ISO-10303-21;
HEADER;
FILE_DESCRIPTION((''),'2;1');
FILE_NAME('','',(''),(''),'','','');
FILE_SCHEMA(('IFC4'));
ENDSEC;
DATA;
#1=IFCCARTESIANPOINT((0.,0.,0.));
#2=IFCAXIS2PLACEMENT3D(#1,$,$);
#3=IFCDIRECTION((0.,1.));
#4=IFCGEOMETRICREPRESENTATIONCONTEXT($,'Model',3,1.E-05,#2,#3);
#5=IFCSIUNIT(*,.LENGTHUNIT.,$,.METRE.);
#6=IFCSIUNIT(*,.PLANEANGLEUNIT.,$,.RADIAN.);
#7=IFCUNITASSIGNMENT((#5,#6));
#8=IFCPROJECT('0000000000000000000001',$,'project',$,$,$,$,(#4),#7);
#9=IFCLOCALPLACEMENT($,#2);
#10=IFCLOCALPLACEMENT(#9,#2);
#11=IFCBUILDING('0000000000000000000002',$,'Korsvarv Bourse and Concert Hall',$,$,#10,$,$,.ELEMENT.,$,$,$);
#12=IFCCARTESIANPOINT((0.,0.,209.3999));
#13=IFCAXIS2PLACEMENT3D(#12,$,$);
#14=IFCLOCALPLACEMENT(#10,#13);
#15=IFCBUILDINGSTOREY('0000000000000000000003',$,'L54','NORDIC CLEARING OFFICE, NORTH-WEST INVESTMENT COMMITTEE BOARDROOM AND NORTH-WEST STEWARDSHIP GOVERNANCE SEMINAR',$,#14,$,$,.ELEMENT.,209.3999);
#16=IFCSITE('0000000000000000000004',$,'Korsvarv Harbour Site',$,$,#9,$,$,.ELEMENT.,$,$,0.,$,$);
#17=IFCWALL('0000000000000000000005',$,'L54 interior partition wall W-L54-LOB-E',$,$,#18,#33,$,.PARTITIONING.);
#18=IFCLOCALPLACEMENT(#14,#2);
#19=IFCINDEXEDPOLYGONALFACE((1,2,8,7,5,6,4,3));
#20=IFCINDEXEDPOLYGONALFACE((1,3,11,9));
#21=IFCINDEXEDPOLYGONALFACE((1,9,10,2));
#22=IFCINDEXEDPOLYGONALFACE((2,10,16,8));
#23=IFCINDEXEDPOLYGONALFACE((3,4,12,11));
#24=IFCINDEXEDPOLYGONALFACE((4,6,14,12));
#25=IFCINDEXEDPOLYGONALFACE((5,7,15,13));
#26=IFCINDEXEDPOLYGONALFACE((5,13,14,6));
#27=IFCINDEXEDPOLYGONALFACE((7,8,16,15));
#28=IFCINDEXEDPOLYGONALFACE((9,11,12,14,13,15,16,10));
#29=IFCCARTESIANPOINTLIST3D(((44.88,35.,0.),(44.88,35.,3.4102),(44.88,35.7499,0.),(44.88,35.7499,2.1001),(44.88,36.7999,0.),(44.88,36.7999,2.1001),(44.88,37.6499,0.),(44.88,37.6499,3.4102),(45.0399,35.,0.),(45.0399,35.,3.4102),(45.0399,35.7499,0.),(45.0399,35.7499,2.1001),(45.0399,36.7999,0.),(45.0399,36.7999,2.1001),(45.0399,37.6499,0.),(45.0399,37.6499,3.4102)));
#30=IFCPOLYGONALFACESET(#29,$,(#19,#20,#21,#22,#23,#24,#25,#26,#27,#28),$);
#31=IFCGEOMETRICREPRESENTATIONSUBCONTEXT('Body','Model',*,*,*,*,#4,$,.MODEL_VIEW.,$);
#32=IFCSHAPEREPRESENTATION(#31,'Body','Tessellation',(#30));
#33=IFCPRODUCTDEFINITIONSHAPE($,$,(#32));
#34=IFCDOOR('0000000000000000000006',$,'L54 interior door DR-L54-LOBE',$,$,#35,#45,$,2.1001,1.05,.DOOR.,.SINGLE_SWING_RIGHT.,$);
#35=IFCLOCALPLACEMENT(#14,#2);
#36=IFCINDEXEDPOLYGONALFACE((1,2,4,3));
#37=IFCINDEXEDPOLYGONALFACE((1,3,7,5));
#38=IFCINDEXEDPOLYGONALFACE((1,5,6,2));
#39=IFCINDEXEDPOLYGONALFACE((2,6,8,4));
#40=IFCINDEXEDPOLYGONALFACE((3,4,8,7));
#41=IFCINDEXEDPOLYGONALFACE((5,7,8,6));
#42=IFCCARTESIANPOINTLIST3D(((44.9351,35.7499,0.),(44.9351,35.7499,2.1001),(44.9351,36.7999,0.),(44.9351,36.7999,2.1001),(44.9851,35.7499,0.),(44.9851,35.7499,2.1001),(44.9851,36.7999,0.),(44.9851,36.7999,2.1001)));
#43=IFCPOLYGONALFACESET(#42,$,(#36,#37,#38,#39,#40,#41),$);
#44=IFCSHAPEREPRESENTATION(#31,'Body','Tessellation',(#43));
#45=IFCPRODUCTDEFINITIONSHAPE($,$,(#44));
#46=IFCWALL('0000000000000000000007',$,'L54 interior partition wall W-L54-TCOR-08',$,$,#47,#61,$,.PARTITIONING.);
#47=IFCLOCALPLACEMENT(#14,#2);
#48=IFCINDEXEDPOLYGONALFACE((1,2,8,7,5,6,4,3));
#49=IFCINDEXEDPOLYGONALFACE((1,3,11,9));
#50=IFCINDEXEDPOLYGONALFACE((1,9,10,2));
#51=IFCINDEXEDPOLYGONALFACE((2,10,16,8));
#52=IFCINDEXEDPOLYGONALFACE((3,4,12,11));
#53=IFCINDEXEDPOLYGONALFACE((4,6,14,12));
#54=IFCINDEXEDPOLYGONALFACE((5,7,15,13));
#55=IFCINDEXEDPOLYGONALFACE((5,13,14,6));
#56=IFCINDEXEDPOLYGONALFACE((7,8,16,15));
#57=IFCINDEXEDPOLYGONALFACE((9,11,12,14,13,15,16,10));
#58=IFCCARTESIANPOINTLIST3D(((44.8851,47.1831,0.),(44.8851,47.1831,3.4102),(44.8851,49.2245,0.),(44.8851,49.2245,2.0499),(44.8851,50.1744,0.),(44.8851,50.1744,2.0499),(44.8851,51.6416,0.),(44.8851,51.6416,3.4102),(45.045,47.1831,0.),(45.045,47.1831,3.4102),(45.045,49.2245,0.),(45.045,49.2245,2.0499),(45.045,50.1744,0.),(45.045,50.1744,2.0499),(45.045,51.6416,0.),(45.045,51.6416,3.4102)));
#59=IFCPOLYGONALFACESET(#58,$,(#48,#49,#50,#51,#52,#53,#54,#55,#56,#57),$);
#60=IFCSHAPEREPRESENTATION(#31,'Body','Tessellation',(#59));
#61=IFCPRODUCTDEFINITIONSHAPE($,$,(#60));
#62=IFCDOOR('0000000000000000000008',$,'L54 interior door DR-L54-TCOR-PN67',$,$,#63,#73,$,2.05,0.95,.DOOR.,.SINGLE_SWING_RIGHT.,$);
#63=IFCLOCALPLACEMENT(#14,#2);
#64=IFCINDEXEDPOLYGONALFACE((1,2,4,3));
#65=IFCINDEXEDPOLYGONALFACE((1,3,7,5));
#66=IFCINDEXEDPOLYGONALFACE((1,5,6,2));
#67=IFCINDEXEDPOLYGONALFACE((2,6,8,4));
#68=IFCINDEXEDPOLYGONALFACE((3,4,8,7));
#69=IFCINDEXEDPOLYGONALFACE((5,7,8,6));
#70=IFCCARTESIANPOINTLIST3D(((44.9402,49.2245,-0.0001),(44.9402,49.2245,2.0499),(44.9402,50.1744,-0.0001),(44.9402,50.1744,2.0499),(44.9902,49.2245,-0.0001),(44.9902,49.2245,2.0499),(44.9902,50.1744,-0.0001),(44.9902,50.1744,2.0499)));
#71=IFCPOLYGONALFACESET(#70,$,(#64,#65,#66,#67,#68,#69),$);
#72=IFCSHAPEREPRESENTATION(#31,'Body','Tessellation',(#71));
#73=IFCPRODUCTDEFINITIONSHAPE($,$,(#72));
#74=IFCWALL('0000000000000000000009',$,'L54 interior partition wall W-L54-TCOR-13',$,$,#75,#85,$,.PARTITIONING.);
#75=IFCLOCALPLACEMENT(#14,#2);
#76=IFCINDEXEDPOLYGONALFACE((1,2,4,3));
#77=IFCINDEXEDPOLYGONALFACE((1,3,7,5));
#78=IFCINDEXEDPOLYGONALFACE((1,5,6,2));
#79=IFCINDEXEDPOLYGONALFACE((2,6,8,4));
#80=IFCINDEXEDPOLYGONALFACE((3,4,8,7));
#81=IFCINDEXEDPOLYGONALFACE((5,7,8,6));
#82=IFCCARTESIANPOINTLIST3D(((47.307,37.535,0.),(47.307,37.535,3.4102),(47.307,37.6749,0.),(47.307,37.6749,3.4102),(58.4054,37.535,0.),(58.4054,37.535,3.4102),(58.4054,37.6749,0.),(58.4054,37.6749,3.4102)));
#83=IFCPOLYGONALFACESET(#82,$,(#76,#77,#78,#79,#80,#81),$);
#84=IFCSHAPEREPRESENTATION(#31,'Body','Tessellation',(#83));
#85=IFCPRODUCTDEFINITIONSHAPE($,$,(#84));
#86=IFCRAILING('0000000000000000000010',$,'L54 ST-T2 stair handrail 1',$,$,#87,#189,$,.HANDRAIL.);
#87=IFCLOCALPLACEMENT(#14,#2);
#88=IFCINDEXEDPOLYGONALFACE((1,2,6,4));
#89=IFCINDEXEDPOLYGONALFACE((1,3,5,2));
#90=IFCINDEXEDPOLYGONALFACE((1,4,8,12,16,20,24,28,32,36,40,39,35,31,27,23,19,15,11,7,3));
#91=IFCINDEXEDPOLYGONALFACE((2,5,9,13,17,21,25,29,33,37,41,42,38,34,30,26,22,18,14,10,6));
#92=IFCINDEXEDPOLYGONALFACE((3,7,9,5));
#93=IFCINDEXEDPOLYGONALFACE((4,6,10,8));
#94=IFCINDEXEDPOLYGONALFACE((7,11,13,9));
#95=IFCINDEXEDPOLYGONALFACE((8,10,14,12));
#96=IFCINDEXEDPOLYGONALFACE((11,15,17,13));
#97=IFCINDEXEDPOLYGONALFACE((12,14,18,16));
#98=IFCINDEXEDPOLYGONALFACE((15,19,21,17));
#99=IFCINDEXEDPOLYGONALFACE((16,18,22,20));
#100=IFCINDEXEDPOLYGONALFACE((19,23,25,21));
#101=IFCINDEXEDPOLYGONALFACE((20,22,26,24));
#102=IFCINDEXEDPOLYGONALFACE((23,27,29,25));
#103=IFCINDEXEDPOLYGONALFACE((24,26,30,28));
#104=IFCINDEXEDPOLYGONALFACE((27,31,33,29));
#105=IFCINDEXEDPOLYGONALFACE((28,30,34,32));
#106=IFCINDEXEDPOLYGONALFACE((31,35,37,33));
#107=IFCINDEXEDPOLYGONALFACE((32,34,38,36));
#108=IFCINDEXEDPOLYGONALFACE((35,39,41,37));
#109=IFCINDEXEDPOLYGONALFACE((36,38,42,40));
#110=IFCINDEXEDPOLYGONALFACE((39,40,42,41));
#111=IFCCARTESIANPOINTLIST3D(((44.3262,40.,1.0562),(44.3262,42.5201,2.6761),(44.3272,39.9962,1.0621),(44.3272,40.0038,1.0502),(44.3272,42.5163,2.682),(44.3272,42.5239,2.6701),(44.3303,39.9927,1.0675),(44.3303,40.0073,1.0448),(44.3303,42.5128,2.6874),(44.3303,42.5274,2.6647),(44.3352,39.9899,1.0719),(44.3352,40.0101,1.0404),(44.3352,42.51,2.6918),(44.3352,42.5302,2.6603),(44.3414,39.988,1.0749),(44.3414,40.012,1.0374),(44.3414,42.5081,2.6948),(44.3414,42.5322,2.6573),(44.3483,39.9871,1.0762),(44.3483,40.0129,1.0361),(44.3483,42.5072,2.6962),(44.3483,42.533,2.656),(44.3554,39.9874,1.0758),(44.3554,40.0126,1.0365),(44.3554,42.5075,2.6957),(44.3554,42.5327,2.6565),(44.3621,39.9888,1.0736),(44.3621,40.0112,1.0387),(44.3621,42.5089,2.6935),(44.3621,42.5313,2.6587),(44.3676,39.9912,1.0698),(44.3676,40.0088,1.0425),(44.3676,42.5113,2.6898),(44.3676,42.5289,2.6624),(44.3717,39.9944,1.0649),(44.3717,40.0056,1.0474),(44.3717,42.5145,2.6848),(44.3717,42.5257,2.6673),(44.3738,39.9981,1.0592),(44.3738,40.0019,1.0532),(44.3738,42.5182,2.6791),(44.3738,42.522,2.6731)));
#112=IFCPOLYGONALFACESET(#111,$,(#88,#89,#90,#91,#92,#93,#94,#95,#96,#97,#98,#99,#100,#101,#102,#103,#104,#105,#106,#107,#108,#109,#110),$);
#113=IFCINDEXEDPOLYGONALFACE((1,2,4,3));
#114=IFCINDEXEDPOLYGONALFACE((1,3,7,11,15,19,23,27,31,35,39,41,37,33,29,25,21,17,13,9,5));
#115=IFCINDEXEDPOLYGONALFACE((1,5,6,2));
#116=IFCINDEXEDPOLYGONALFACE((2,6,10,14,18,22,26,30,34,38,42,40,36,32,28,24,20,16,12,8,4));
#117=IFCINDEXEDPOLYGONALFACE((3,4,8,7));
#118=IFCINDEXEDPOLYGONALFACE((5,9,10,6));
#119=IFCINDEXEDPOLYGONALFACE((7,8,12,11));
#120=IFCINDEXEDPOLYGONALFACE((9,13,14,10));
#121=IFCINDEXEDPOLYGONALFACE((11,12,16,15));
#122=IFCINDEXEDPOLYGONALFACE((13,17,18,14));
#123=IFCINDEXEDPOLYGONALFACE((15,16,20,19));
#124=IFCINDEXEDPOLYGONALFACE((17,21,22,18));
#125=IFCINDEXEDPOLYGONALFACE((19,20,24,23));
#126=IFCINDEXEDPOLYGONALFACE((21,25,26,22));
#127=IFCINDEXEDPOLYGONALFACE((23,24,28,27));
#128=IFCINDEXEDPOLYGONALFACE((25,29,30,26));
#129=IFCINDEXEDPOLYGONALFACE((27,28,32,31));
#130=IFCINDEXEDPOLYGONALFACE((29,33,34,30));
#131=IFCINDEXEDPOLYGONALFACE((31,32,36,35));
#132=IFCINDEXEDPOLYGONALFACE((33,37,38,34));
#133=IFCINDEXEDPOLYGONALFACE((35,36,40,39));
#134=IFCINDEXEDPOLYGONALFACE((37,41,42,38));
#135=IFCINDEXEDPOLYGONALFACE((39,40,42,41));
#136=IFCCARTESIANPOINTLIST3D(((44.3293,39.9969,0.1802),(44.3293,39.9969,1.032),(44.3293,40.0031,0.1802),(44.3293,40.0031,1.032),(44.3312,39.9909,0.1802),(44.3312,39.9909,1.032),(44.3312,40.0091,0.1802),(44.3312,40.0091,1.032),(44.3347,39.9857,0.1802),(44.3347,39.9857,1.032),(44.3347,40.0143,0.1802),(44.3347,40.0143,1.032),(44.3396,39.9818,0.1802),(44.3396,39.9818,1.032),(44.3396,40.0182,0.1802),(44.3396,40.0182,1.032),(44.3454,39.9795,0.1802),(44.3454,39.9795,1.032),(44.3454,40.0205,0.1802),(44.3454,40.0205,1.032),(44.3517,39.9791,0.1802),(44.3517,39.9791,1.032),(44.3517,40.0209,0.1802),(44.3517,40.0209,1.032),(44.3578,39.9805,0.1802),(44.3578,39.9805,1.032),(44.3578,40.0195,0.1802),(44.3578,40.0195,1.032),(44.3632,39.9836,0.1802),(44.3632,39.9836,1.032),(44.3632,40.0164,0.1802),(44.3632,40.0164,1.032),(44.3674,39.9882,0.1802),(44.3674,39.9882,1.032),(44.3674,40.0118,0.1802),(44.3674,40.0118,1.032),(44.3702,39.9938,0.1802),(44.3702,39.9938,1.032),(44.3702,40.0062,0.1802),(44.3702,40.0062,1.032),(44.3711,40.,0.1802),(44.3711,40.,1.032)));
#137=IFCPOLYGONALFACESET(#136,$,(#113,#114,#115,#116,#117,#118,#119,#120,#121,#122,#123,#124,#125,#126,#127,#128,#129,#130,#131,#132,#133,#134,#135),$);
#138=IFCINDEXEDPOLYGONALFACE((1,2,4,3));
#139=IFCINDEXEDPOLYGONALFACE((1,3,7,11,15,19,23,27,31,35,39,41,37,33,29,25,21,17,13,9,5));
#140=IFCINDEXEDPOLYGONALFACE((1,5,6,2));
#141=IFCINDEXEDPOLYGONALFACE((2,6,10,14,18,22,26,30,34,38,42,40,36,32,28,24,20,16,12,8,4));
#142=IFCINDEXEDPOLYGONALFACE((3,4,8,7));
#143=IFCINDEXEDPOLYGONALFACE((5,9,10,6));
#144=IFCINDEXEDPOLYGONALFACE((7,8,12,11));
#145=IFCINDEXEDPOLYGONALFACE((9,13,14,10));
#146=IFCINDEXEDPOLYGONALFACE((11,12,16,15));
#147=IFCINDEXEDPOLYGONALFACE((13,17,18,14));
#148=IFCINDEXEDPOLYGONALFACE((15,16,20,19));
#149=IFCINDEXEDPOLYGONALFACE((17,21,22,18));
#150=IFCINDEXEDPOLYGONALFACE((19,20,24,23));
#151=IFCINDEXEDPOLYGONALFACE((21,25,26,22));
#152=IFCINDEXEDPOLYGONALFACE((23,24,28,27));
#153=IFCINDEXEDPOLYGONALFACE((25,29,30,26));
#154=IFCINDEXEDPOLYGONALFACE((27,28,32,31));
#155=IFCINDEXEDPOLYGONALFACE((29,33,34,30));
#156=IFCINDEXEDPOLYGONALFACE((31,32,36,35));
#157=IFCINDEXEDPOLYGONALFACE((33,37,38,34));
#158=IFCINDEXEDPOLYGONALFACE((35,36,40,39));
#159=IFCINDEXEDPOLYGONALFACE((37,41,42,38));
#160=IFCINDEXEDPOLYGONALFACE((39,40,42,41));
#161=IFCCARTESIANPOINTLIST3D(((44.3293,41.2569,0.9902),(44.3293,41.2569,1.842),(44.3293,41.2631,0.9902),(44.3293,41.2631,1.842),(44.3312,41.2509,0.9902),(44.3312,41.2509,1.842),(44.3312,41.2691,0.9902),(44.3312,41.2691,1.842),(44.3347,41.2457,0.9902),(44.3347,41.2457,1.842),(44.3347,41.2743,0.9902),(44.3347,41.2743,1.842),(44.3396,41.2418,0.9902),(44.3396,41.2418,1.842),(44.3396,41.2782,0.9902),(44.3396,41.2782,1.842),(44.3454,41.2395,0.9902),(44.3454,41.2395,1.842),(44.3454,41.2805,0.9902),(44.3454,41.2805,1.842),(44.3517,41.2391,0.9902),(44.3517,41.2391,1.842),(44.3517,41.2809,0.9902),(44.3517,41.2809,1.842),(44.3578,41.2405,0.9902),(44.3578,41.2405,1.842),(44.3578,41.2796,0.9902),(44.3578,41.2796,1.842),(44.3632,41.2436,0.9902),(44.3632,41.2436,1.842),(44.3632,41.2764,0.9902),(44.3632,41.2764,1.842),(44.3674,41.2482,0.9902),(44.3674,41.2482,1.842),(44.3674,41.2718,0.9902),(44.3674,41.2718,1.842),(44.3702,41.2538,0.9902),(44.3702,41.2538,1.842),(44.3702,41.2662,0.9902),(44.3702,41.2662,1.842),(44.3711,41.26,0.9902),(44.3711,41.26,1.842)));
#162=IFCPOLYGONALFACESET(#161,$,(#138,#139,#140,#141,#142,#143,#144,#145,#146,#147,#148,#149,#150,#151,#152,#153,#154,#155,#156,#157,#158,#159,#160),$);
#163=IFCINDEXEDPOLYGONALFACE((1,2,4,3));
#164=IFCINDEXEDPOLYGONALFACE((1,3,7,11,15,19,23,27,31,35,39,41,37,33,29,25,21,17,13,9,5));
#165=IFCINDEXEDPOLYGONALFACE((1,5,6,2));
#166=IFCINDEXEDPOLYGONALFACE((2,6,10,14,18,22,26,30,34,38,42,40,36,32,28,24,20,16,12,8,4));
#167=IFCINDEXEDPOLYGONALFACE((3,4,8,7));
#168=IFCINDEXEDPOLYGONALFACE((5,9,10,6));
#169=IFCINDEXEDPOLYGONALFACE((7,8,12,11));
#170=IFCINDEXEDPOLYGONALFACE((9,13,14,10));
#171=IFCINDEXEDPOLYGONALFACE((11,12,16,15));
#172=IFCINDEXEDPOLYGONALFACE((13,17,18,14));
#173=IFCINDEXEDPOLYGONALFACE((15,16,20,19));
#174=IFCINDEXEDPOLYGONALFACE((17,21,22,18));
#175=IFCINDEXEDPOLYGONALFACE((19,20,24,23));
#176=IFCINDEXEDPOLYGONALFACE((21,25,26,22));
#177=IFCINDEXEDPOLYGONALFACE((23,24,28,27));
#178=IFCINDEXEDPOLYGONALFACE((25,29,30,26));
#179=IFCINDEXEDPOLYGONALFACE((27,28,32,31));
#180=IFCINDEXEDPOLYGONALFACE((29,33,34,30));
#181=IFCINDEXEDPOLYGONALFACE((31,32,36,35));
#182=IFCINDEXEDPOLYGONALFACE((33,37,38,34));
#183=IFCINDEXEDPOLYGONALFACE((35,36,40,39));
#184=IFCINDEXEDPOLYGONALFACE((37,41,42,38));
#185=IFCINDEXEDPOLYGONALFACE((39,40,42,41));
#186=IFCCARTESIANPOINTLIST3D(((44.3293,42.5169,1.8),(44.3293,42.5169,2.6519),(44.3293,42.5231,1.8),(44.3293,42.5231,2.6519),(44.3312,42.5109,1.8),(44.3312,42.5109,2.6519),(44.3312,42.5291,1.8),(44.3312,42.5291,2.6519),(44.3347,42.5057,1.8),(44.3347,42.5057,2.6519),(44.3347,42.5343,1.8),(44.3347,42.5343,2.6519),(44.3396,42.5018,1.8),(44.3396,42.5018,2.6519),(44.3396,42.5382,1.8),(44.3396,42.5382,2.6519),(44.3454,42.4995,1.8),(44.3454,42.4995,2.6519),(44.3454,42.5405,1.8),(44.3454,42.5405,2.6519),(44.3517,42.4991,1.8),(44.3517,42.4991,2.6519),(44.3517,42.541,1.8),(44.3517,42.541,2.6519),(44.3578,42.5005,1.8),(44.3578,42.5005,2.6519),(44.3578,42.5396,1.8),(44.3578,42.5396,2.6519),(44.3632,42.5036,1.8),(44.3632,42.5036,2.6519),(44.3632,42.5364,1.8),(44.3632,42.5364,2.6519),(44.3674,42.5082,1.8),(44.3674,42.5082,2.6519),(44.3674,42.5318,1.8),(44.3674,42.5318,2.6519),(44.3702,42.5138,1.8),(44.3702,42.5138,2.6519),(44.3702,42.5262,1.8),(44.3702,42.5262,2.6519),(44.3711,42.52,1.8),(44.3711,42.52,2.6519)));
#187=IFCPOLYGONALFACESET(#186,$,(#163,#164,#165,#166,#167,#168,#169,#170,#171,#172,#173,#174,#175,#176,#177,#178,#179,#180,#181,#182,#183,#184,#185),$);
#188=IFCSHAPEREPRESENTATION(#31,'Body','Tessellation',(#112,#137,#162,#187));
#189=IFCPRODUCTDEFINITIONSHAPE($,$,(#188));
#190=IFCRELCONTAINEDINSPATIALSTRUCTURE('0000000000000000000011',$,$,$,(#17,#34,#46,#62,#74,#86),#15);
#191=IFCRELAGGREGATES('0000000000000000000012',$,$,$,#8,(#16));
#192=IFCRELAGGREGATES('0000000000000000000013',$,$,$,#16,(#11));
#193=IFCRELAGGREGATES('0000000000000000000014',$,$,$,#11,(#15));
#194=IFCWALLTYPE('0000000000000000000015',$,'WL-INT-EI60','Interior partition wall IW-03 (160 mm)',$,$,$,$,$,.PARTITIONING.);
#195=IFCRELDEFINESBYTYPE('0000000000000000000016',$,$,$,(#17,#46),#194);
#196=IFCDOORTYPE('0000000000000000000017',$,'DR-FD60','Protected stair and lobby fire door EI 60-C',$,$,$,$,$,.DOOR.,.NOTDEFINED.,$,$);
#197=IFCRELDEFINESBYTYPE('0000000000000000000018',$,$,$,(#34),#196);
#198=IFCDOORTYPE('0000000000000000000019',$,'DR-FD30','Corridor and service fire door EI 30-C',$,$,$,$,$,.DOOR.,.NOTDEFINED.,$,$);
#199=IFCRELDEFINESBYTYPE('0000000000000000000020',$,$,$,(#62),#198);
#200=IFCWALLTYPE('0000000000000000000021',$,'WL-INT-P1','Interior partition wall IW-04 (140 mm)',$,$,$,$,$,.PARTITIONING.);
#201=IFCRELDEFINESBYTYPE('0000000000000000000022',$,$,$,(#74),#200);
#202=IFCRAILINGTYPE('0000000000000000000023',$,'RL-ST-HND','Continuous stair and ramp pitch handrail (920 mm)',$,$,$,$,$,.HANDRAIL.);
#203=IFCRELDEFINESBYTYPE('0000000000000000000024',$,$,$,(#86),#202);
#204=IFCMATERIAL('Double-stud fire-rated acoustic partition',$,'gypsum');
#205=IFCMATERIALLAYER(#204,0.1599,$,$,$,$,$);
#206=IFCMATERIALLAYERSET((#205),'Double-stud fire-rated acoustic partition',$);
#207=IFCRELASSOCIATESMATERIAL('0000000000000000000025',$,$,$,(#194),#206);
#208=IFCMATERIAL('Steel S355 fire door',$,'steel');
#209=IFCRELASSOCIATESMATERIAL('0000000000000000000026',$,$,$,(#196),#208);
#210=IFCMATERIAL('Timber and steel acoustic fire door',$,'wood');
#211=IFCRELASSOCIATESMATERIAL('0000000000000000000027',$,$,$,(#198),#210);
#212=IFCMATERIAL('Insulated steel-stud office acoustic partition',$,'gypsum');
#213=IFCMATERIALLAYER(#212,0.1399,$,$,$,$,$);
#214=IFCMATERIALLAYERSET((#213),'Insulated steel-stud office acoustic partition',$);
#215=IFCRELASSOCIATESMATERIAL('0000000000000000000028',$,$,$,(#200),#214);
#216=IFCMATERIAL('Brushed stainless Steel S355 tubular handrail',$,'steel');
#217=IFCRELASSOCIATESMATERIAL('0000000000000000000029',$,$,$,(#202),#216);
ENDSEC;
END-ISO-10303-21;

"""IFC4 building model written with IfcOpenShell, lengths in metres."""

from ifc_helpers import new_model, si_unit, direction, frame, frame_2d, origin, origin_2d, place, context, subcontext, project, spatial, rectangle, circle, extrude, material, layer, layer_set, type_object, element, fill, save


model = new_model("IFC4")

# Units and contexts
model_context = context("Model", 3, precision=1e-05, world=origin(), true_north=direction((0.0, 1.0)))
body_context = subcontext(model_context, "Body", "Model", "MODEL_VIEW")
ifc_project = project(units=[si_unit("LENGTHUNIT", "METRE"), si_unit("PLANEANGLEUNIT", "RADIAN")], contexts=[model_context])

# Site, building, storey
site_placement = place(None, origin())
site = spatial("IfcSite", under=ifc_project, at=site_placement, Name="Korsvarv Harbour Site", CompositionType="ELEMENT", RefElevation=0.0)
building_placement = place(site_placement, origin())
building = spatial("IfcBuilding", under=site, at=building_placement, Name="Korsvarv Bourse and Concert Hall", CompositionType="ELEMENT")
storey_placement = place(building_placement, frame((0.0, 0.0, 209.3999)))
storey = spatial("IfcBuildingStorey", under=building, at=storey_placement, Name="L54", Description="NORDIC CLEARING OFFICE, NORTH-WEST INVESTMENT COMMITTEE BOARDROOM AND NORTH-WEST STEWARDSHIP GOVERNANCE SEMINAR", CompositionType="ELEMENT", Elevation=209.3999)

# Walls, openings, doors
ifc_material_1 = material(Name="Double-stud fire-rated acoustic partition", Category="gypsum")
ifc_layer_1 = layer(ifc_material_1, 0.1599)
ifc_layer_set_1 = layer_set([ifc_layer_1], Name="Double-stud fire-rated acoustic partition")
wall_type_1 = type_object("IfcWallType", Name="WL-INT-EI60", Description="Interior partition wall IW-03 (160 mm)", PredefinedType="PARTITIONING", material=ifc_layer_set_1)
wall_1_placement = place(storey_placement, frame((44.96, 35.0, 0.0), z_axis=(0.0, 0.0, 1.0), x_axis=(0.0, 1.0, 0.0)))
wall_1 = element("IfcWall", 1, at=wall_1_placement, inside=storey, type_object=wall_type_1, Name="L54 interior partition wall W-L54-LOB-E", PredefinedType="PARTITIONING", context=body_context, shape_type="SweptSolid", body=[
    extrude(rectangle(XDim=2.6499, YDim=0.1599, at=frame_2d((1.325, 0.0))), origin(), (0.0, 0.0, 1.0), 3.4102),
])
opening_1_placement = place(wall_1_placement, frame((0.75, 0.0, 0.0)))
opening_1 = element("IfcOpeningElement", 2, at=opening_1_placement, cuts=wall_1, PredefinedType="OPENING", context=body_context, shape_type="SweptSolid", body=[
    extrude(rectangle(XDim=1.05, YDim=2.1001, at=frame_2d((0.5249, 1.05))), frame((0.0, 0.0898, 0.0), z_axis=(0.0, -1.0, 0.0), x_axis=(1.0, 0.0, 0.0)), (0.0, 0.0, 1.0), 0.1799),
])
ifc_material_2 = material(Name="Steel S355 fire door", Category="steel")
door_type_1 = type_object("IfcDoorType", Name="DR-FD60", Description="Protected stair and lobby fire door EI 60-C", OperationType="NOTDEFINED", PredefinedType="DOOR", material=ifc_material_2)
door_1_placement = place(opening_1_placement, origin())
door_1 = element("IfcDoor", 3, at=door_1_placement, inside=storey, type_object=door_type_1, Name="L54 interior door DR-L54-LOBE", OperationType="SINGLE_SWING_RIGHT", OverallHeight=2.1001, OverallWidth=1.05, PredefinedType="DOOR", context=body_context, shape_type="SweptSolid", body=[
    extrude(rectangle(XDim=1.05, YDim=2.1001, at=frame_2d((0.5249, 1.05))), frame((0.0, 0.0249, 0.0), z_axis=(0.0, -1.0, 0.0), x_axis=(1.0, 0.0, 0.0)), (0.0, 0.0, 1.0), 0.05),
])
fill(opening_1, door_1)
wall_2_placement = place(storey_placement, frame((44.9651, 47.1831, 0.0), z_axis=(0.0, 0.0, 1.0), x_axis=(0.0, 1.0, 0.0)))
wall_2 = element("IfcWall", 4, at=wall_2_placement, inside=storey, type_object=wall_type_1, Name="L54 interior partition wall W-L54-TCOR-08", PredefinedType="PARTITIONING", context=body_context, shape_type="SweptSolid", body=[
    extrude(rectangle(XDim=4.4585, YDim=0.1599, at=frame_2d((2.2292, 0.0))), origin(), (0.0, 0.0, 1.0), 3.4102),
])
opening_2_placement = place(wall_2_placement, frame((2.0413, 0.0, 0.0)))
opening_2 = element("IfcOpeningElement", 5, at=opening_2_placement, cuts=wall_2, PredefinedType="OPENING", context=body_context, shape_type="SweptSolid", body=[
    extrude(rectangle(XDim=0.95, YDim=2.05, at=frame_2d((0.4751, 1.0249))), frame((0.0, 0.0898, 0.0), z_axis=(0.0, -1.0, 0.0), x_axis=(1.0, 0.0, 0.0)), (0.0, 0.0, 1.0), 0.1799),
])
ifc_material_3 = material(Name="Timber and steel acoustic fire door", Category="wood")
door_type_2 = type_object("IfcDoorType", Name="DR-FD30", Description="Corridor and service fire door EI 30-C", OperationType="NOTDEFINED", PredefinedType="DOOR", material=ifc_material_3)
door_2_placement = place(opening_2_placement, origin())
door_2 = element("IfcDoor", 6, at=door_2_placement, inside=storey, type_object=door_type_2, Name="L54 interior door DR-L54-TCOR-PN67", OperationType="SINGLE_SWING_RIGHT", OverallHeight=2.05, OverallWidth=0.95, PredefinedType="DOOR", context=body_context, shape_type="SweptSolid", body=[
    extrude(rectangle(XDim=0.95, YDim=2.05, at=frame_2d((0.4751, 1.0249))), frame((0.0, 0.0249, 0.0), z_axis=(0.0, -1.0, 0.0), x_axis=(1.0, 0.0, 0.0)), (0.0, 0.0, 1.0), 0.05),
])
fill(opening_2, door_2)

# Wall
ifc_material_4 = material(Name="Insulated steel-stud office acoustic partition", Category="gypsum")
ifc_layer_2 = layer(ifc_material_4, 0.1399)
ifc_layer_set_2 = layer_set([ifc_layer_2], Name="Insulated steel-stud office acoustic partition")
wall_type_2 = type_object("IfcWallType", Name="WL-INT-P1", Description="Interior partition wall IW-04 (140 mm)", PredefinedType="PARTITIONING", material=ifc_layer_set_2)
wall_3_placement = place(storey_placement, frame((47.3069, 37.605, 0.0), z_axis=(0.0, 0.0, 1.0), x_axis=(1.0, 0.0, 0.0)))
element("IfcWall", 7, at=wall_3_placement, inside=storey, type_object=wall_type_2, Name="L54 interior partition wall W-L54-TCOR-13", PredefinedType="PARTITIONING", context=body_context, shape_type="SweptSolid", body=[
    extrude(rectangle(XDim=11.0984, YDim=0.1399, at=frame_2d((5.5493, 0.0))), origin(), (0.0, 0.0, 1.0), 3.4102),
])

# Railing
ifc_material_5 = material(Name="Brushed stainless Steel S355 tubular handrail", Category="steel")
railing_type = type_object("IfcRailingType", Name="RL-ST-HND", Description="Continuous stair and ramp pitch handrail (920 mm)", PredefinedType="HANDRAIL", material=ifc_material_5)
railing_placement = place(storey_placement, frame((44.3501, 40.0, 0.1802)))
element("IfcRailing", 8, at=railing_placement, inside=storey, type_object=railing_type, Name="L54 ST-T2 stair handrail 1", PredefinedType="HANDRAIL", context=body_context, shape_type="SweptSolid", body=[
    extrude(circle(Radius=0.0239, at=origin_2d()), frame((0.0, 0.0, 0.876), z_axis=(0.0, 0.8412, 0.540725), x_axis=(-1.0, 0.0, 0.0)), (0.0, 0.0, 1.0), 2.9958),
    extrude(circle(Radius=0.021, at=origin_2d()), origin(), (0.0, 0.0, 1.0), 0.8518),
    extrude(circle(Radius=0.021, at=origin_2d()), frame((0.0, 1.26, 0.8101)), (0.0, 0.0, 1.0), 0.8518),
    extrude(circle(Radius=0.021, at=origin_2d()), frame((0.0, 2.52, 1.6199)), (0.0, 0.0, 1.0), 0.8518),
])

save(model, "model.ifc")
